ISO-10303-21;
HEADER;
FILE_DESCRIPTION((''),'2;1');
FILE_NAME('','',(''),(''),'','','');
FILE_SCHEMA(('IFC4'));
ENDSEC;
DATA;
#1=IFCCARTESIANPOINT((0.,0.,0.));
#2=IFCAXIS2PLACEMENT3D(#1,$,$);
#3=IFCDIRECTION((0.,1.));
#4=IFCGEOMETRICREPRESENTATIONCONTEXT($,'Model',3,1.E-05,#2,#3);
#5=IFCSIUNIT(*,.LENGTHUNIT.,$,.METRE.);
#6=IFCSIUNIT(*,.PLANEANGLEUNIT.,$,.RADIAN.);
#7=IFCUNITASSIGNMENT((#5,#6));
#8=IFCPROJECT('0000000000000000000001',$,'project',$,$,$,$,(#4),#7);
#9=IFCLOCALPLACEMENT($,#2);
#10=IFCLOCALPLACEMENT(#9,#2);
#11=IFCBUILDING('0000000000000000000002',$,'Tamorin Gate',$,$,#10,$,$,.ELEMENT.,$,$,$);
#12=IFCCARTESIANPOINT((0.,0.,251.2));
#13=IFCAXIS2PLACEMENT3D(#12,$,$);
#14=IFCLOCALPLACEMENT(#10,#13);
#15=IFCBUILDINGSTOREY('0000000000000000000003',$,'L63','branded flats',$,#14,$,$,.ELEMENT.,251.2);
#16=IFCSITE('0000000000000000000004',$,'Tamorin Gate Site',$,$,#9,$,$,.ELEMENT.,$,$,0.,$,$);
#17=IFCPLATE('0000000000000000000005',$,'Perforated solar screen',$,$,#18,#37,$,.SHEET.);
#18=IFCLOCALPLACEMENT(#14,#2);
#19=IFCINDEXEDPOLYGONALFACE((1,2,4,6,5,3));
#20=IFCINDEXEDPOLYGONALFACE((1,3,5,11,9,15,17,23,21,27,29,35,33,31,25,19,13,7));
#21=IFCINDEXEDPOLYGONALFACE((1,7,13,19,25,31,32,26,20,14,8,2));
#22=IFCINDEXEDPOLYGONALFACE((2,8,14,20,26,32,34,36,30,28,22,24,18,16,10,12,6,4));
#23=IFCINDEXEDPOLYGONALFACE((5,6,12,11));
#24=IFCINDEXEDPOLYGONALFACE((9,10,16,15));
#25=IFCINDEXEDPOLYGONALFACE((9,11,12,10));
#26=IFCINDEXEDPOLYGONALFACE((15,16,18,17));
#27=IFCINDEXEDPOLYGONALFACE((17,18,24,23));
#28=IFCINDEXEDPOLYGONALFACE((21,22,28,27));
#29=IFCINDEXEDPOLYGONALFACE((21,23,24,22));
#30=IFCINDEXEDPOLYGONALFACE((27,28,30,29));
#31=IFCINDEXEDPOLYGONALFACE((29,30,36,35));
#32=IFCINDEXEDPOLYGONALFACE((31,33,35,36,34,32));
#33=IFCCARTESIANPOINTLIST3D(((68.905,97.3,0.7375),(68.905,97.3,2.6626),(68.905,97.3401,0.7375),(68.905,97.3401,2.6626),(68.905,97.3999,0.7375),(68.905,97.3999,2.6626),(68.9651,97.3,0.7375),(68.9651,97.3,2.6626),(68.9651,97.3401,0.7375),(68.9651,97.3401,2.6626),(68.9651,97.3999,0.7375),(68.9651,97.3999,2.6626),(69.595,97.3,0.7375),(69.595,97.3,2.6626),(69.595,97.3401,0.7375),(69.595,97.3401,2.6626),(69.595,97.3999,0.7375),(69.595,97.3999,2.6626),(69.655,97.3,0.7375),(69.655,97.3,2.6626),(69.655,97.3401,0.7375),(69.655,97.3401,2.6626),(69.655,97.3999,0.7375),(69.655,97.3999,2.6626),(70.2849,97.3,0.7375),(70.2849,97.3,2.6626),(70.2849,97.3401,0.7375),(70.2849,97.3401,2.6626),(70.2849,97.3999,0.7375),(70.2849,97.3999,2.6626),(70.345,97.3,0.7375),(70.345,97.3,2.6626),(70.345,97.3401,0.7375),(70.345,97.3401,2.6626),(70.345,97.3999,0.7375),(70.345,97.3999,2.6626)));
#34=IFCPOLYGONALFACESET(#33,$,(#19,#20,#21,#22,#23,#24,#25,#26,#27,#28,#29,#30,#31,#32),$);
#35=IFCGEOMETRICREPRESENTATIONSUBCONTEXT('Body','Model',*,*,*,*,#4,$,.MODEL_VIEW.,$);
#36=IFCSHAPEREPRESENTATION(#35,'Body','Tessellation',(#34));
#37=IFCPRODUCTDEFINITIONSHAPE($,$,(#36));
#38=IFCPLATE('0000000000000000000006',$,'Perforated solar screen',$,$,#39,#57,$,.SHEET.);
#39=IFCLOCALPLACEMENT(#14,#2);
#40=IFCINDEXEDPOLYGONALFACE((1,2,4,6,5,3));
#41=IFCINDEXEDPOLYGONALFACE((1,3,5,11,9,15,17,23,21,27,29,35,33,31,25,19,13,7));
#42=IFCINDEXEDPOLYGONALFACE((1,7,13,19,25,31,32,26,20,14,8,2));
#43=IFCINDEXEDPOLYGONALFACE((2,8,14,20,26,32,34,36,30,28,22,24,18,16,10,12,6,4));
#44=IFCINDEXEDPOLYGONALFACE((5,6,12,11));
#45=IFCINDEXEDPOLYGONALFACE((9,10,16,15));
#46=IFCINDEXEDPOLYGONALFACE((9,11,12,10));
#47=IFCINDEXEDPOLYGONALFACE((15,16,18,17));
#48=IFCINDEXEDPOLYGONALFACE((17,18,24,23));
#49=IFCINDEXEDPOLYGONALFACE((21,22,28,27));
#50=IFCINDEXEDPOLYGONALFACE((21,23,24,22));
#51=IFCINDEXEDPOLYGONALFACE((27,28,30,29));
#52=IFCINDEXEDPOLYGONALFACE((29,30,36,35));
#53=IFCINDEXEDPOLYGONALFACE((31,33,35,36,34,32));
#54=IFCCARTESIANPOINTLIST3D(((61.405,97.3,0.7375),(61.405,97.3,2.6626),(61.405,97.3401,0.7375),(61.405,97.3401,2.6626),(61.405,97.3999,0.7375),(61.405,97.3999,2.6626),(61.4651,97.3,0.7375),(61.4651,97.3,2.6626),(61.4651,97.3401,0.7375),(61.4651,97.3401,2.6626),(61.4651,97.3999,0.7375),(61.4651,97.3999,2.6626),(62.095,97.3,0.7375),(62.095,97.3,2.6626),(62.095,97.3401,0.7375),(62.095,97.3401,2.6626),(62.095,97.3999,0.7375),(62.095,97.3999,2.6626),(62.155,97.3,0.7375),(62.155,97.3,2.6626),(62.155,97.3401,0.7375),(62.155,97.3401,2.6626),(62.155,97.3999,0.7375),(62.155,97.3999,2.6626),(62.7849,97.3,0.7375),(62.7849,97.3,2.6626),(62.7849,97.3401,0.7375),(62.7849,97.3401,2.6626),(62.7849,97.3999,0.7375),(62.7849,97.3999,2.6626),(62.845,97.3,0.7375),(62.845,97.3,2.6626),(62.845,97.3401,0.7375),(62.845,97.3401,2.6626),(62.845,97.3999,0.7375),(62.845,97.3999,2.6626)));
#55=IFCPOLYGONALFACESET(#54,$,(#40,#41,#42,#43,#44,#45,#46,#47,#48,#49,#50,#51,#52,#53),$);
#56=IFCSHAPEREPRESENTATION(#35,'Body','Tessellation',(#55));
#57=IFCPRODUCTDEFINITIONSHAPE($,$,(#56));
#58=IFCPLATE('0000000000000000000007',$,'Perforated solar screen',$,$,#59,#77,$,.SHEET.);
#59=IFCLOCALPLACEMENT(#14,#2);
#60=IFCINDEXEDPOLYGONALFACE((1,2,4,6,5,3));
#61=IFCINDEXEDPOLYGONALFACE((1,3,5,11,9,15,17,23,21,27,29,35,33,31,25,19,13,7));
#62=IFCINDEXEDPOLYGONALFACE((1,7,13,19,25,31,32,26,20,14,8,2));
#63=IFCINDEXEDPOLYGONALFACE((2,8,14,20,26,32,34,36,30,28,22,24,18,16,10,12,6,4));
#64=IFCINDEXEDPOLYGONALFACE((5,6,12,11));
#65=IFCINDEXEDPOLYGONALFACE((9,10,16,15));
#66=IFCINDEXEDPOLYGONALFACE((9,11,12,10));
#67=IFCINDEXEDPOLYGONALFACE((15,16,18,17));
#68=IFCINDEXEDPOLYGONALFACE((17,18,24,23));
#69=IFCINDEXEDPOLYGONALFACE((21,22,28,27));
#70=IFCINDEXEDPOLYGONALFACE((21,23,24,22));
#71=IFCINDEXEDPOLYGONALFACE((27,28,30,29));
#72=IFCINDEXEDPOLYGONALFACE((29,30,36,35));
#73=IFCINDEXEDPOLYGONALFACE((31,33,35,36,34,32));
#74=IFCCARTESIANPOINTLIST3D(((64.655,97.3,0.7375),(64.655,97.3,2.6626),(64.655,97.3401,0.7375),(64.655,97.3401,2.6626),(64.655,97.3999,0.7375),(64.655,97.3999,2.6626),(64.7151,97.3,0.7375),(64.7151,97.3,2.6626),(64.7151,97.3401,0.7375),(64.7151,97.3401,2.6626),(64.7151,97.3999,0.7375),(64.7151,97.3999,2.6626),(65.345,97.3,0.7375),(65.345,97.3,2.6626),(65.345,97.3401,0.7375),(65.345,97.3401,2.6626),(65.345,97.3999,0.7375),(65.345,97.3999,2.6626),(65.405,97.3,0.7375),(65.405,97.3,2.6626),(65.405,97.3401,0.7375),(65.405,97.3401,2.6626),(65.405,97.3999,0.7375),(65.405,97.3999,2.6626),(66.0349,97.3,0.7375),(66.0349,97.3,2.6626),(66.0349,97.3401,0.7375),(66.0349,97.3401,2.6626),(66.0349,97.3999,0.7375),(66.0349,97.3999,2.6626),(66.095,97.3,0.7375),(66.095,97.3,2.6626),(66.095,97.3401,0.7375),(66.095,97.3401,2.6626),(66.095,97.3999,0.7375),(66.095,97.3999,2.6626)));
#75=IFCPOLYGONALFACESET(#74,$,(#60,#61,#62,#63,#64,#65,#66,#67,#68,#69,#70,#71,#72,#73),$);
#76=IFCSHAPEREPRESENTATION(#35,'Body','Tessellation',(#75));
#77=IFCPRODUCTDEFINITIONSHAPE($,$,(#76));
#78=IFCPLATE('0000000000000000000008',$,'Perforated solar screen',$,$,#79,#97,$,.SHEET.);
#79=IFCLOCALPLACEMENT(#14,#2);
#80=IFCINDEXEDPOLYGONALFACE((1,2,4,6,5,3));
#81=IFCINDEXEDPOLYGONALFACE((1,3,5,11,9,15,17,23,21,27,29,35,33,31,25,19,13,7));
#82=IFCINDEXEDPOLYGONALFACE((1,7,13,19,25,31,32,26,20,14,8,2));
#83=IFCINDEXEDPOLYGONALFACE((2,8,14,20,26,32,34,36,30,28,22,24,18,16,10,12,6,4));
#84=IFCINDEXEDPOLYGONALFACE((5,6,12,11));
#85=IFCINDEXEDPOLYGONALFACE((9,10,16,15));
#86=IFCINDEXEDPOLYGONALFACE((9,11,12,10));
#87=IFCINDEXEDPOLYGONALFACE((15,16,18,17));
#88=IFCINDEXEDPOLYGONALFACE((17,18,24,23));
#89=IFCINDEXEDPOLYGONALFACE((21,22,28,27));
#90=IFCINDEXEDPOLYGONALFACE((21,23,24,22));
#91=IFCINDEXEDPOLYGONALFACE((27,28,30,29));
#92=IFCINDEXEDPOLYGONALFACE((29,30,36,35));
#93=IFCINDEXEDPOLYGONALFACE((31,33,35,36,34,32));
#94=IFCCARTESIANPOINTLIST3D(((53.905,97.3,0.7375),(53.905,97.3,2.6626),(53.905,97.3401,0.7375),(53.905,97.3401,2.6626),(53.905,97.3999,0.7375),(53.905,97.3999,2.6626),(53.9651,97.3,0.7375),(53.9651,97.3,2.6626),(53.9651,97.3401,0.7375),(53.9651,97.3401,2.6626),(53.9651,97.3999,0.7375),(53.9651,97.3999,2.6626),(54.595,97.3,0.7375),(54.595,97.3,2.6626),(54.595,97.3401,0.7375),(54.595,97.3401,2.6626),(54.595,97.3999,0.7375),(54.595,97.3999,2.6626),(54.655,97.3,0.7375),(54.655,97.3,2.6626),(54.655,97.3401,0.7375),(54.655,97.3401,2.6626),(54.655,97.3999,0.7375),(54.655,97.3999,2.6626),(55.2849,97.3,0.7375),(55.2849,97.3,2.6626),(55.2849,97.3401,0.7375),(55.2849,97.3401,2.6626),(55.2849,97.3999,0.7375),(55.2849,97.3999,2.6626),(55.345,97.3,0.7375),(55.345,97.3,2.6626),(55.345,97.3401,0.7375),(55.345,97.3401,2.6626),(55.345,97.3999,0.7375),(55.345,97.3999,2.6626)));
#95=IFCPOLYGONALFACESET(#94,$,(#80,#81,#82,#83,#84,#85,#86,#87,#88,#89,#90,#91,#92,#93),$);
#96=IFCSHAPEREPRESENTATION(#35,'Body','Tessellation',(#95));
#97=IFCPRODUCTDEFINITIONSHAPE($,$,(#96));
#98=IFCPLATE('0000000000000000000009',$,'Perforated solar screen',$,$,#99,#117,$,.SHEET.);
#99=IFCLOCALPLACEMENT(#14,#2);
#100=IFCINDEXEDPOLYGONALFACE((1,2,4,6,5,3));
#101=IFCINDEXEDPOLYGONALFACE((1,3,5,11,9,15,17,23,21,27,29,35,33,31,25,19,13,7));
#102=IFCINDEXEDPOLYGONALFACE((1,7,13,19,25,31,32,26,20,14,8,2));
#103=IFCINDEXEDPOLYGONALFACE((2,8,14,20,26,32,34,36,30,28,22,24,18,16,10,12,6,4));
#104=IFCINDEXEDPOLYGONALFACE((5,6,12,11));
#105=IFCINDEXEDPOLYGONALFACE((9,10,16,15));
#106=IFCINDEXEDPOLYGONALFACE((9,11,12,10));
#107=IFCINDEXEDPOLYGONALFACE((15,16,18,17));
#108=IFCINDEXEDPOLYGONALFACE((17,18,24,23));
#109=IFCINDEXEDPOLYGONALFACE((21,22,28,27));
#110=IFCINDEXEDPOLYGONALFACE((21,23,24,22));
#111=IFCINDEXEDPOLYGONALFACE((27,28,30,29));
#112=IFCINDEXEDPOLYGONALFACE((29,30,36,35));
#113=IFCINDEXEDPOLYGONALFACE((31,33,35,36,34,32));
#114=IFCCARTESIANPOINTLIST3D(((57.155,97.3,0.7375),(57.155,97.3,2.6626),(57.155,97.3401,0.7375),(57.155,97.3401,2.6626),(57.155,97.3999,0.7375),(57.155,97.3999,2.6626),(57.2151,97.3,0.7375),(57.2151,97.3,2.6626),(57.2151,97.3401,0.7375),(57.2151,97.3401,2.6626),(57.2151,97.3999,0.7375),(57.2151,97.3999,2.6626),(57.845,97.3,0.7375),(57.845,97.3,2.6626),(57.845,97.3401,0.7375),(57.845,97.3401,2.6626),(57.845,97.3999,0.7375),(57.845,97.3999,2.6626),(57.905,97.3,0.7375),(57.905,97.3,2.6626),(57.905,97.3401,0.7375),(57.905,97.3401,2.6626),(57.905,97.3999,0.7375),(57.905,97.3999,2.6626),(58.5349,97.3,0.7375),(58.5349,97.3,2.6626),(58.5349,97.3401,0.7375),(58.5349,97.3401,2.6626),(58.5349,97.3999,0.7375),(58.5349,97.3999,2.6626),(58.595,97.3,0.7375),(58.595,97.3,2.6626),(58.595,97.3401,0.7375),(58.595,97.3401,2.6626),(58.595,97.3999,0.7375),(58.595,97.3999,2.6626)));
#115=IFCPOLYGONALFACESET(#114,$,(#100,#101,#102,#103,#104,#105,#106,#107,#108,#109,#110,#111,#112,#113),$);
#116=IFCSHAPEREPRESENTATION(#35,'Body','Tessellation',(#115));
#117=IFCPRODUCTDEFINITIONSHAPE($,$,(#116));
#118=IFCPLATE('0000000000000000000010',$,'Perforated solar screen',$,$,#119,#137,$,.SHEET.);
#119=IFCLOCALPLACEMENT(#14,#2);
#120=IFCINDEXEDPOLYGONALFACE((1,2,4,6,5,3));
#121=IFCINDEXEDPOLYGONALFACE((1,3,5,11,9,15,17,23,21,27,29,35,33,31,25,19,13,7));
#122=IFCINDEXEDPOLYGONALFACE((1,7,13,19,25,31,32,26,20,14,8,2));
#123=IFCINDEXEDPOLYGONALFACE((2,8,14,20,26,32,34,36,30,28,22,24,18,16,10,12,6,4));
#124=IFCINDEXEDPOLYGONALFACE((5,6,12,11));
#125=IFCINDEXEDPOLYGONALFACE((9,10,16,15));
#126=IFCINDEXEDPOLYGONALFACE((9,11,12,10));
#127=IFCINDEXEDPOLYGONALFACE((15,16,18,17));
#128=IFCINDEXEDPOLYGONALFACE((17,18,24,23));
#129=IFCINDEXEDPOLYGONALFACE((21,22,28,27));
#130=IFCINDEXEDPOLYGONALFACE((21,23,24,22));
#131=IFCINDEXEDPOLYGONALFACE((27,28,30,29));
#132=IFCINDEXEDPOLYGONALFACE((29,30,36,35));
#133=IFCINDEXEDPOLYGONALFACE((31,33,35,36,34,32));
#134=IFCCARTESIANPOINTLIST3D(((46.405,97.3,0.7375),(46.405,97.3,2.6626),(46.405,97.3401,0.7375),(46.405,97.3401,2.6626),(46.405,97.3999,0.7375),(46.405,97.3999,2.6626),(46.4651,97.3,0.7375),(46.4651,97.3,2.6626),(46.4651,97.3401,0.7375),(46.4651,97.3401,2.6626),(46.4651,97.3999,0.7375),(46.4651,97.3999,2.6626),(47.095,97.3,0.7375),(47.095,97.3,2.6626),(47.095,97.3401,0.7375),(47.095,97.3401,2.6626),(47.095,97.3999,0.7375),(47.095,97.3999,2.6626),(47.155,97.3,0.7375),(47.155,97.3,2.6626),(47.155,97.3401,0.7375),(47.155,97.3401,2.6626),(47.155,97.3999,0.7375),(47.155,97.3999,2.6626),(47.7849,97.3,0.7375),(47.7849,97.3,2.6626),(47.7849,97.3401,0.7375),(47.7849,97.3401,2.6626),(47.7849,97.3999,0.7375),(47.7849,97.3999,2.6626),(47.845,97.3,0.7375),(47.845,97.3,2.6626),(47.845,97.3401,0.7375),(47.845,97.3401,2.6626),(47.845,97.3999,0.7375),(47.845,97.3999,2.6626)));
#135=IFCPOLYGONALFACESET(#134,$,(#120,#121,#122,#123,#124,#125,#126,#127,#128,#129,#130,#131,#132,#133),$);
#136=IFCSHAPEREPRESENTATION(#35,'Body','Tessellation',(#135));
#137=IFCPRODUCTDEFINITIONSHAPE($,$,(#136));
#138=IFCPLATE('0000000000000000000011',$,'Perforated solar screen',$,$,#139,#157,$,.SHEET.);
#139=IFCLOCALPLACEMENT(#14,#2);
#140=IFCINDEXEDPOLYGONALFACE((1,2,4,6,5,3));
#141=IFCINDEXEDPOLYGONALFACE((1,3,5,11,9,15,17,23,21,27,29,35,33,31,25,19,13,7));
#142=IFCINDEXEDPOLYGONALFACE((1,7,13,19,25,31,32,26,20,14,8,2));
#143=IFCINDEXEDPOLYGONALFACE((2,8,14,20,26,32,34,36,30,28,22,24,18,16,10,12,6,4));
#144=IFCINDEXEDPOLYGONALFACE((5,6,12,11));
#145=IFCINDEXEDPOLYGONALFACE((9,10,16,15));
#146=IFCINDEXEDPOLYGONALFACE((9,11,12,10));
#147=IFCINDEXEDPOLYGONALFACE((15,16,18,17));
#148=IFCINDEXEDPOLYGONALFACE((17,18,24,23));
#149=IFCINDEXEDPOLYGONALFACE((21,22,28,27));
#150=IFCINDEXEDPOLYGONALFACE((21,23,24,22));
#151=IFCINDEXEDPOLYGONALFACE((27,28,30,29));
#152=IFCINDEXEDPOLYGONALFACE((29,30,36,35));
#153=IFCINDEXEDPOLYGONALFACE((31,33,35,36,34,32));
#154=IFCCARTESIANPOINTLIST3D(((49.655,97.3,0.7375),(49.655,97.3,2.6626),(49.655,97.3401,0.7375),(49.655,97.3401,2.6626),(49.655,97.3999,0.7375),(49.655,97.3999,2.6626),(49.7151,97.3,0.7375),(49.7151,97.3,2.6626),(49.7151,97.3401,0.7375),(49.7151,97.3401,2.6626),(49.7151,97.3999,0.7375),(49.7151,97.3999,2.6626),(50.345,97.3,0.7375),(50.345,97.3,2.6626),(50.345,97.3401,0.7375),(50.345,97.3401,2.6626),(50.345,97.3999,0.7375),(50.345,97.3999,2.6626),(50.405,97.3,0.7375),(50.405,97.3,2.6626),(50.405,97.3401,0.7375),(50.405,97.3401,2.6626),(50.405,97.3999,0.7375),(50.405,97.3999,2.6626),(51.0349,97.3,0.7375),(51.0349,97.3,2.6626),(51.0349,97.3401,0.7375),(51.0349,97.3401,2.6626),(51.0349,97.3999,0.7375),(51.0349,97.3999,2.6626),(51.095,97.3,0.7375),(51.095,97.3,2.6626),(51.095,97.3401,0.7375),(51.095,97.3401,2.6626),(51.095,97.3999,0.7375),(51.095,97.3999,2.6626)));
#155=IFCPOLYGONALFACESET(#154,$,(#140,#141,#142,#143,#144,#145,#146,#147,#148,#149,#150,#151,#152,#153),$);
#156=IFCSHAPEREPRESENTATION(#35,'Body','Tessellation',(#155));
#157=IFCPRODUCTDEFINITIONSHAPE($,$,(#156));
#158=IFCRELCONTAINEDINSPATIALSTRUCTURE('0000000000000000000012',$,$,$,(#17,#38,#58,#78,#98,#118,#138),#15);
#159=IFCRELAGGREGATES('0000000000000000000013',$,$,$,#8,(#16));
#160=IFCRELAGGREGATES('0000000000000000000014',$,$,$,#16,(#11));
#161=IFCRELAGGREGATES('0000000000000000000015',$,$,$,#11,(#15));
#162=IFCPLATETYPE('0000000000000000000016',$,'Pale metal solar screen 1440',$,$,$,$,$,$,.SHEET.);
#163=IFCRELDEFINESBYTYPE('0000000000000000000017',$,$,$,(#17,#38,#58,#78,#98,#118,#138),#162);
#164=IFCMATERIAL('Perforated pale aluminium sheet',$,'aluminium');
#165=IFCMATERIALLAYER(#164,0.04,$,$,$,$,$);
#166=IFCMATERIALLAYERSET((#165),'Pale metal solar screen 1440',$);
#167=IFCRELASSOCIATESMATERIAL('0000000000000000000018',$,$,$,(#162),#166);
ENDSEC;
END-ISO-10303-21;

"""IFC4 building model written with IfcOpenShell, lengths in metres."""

from ifc_helpers import new_model, si_unit, direction, frame, origin, place, context, subcontext, project, spatial, polyline, outline, extrude, material, layer, layer_set, type_object, element, save


model = new_model("IFC4")

# Units and contexts
model_context = context("Model", 3, precision=1e-05, world=origin(), true_north=direction((0.0, 1.0)))
body_context = subcontext(model_context, "Body", "Model", "MODEL_VIEW")
ifc_project = project(units=[si_unit("LENGTHUNIT", "METRE"), si_unit("PLANEANGLEUNIT", "RADIAN")], contexts=[model_context])

# Site, building, storey
site_placement = place(None, origin())
site = spatial("IfcSite", under=ifc_project, at=site_placement, Name="Tamorin Gate Site", CompositionType="ELEMENT", RefElevation=0.0)
building_placement = place(site_placement, origin())
building = spatial("IfcBuilding", under=site, at=building_placement, Name="Tamorin Gate", CompositionType="ELEMENT")
storey_placement = place(building_placement, frame((0.0, 0.0, 251.2)))
storey = spatial("IfcBuildingStorey", under=building, at=storey_placement, Name="L63", Description="branded flats", CompositionType="ELEMENT", Elevation=251.2)

# Plates
ifc_material_1 = material(Name="Perforated pale aluminium sheet", Category="aluminium")
ifc_layer_1 = layer(ifc_material_1, 0.04)
ifc_layer_set_1 = layer_set([ifc_layer_1], Name="Pale metal solar screen 1440")
plate_type = type_object("IfcPlateType", Name="Pale metal solar screen 1440", PredefinedType="SHEET", material=ifc_layer_set_1)
plate_1_placement = place(storey_placement, frame((0.0, 0.0, 0.7375)))
element("IfcPlate", 1, at=plate_1_placement, inside=storey, type_object=plate_type, Name="Perforated solar screen", PredefinedType="SHEET", context=body_context, shape_type="SweptSolid", body=[
    extrude(outline(polyline([(70.345, 97.3401), (70.345, 97.3), (70.2849, 97.3), (69.655, 97.3), (69.595, 97.3), (68.9651, 97.3), (68.905, 97.3), (68.905, 97.3), (68.905, 97.3401), (68.905, 97.3401), (68.905, 97.3999), (68.9651, 97.3999), (68.9651, 97.3401), (69.595, 97.3401), (69.595, 97.3999), (69.655, 97.3999), (69.655, 97.3401), (70.2849, 97.3401), (70.2849, 97.3999), (70.345, 97.3999), (70.345, 97.3401)])), origin(), (0.0, 0.0, 1.0), 1.925),
])
plate_2_placement = place(storey_placement, frame((0.0, 0.0, 0.7375)))
element("IfcPlate", 2, at=plate_2_placement, inside=storey, type_object=plate_type, Name="Perforated solar screen", PredefinedType="SHEET", context=body_context, shape_type="SweptSolid", body=[
    extrude(outline(polyline([(62.845, 97.3401), (62.845, 97.3), (62.7849, 97.3), (62.155, 97.3), (62.095, 97.3), (61.4651, 97.3), (61.405, 97.3), (61.405, 97.3401), (61.405, 97.3999), (61.4651, 97.3999), (61.4651, 97.3401), (62.095, 97.3401), (62.095, 97.3999), (62.155, 97.3999), (62.155, 97.3401), (62.7849, 97.3401), (62.7849, 97.3999), (62.845, 97.3999), (62.845, 97.3401)])), origin(), (0.0, 0.0, 1.0), 1.925),
])
plate_3_placement = place(storey_placement, frame((0.0, 0.0, 0.7375)))
element("IfcPlate", 3, at=plate_3_placement, inside=storey, type_object=plate_type, Name="Perforated solar screen", PredefinedType="SHEET", context=body_context, shape_type="SweptSolid", body=[
    extrude(outline(polyline([(66.095, 97.3401), (66.095, 97.3), (66.0349, 97.3), (65.405, 97.3), (65.345, 97.3), (64.7151, 97.3), (64.655, 97.3), (64.655, 97.3401), (64.655, 97.3999), (64.7151, 97.3999), (64.7151, 97.3401), (65.345, 97.3401), (65.345, 97.3999), (65.405, 97.3999), (65.405, 97.3401), (66.0349, 97.3401), (66.0349, 97.3999), (66.095, 97.3999), (66.095, 97.3401)])), origin(), (0.0, 0.0, 1.0), 1.925),
])
plate_4_placement = place(storey_placement, frame((0.0, 0.0, 0.7375)))
element("IfcPlate", 4, at=plate_4_placement, inside=storey, type_object=plate_type, Name="Perforated solar screen", PredefinedType="SHEET", context=body_context, shape_type="SweptSolid", body=[
    extrude(outline(polyline([(55.345, 97.3401), (55.345, 97.3), (55.2849, 97.3), (54.655, 97.3), (54.595, 97.3), (53.9651, 97.3), (53.905, 97.3), (53.905, 97.3401), (53.905, 97.3999), (53.9651, 97.3999), (53.9651, 97.3401), (54.595, 97.3401), (54.595, 97.3999), (54.655, 97.3999), (54.655, 97.3401), (55.2849, 97.3401), (55.2849, 97.3999), (55.345, 97.3999), (55.345, 97.3401)])), origin(), (0.0, 0.0, 1.0), 1.925),
])
plate_5_placement = place(storey_placement, frame((0.0, 0.0, 0.7375)))
element("IfcPlate", 5, at=plate_5_placement, inside=storey, type_object=plate_type, Name="Perforated solar screen", PredefinedType="SHEET", context=body_context, shape_type="SweptSolid", body=[
    extrude(outline(polyline([(58.595, 97.3401), (58.595, 97.3), (58.5349, 97.3), (57.905, 97.3), (57.845, 97.3), (57.2151, 97.3), (57.155, 97.3), (57.155, 97.3401), (57.155, 97.3999), (57.2151, 97.3999), (57.2151, 97.3401), (57.845, 97.3401), (57.845, 97.3999), (57.905, 97.3999), (57.905, 97.3401), (58.5349, 97.3401), (58.5349, 97.3999), (58.595, 97.3999), (58.595, 97.3401)])), origin(), (0.0, 0.0, 1.0), 1.925),
])
plate_6_placement = place(storey_placement, frame((0.0, 0.0, 0.7375)))
element("IfcPlate", 6, at=plate_6_placement, inside=storey, type_object=plate_type, Name="Perforated solar screen", PredefinedType="SHEET", context=body_context, shape_type="SweptSolid", body=[
    extrude(outline(polyline([(47.845, 97.3401), (47.845, 97.3), (47.7849, 97.3), (47.155, 97.3), (47.095, 97.3), (46.4651, 97.3), (46.405, 97.3), (46.405, 97.3401), (46.405, 97.3999), (46.4651, 97.3999), (46.4651, 97.3401), (47.095, 97.3401), (47.095, 97.3999), (47.155, 97.3999), (47.155, 97.3401), (47.7849, 97.3401), (47.7849, 97.3999), (47.845, 97.3999), (47.845, 97.3401)])), origin(), (0.0, 0.0, 1.0), 1.925),
])
plate_7_placement = place(storey_placement, frame((0.0, 0.0, 0.7375)))
element("IfcPlate", 7, at=plate_7_placement, inside=storey, type_object=plate_type, Name="Perforated solar screen", PredefinedType="SHEET", context=body_context, shape_type="SweptSolid", body=[
    extrude(outline(polyline([(51.095, 97.3401), (51.095, 97.3), (51.0349, 97.3), (50.405, 97.3), (50.345, 97.3), (49.7151, 97.3), (49.655, 97.3), (49.655, 97.3401), (49.655, 97.3999), (49.7151, 97.3999), (49.7151, 97.3401), (50.345, 97.3401), (50.345, 97.3999), (50.405, 97.3999), (50.405, 97.3401), (51.0349, 97.3401), (51.0349, 97.3999), (51.095, 97.3999), (51.095, 97.3401)])), origin(), (0.0, 0.0, 1.0), 1.925),
])

save(model, "model.ifc")
